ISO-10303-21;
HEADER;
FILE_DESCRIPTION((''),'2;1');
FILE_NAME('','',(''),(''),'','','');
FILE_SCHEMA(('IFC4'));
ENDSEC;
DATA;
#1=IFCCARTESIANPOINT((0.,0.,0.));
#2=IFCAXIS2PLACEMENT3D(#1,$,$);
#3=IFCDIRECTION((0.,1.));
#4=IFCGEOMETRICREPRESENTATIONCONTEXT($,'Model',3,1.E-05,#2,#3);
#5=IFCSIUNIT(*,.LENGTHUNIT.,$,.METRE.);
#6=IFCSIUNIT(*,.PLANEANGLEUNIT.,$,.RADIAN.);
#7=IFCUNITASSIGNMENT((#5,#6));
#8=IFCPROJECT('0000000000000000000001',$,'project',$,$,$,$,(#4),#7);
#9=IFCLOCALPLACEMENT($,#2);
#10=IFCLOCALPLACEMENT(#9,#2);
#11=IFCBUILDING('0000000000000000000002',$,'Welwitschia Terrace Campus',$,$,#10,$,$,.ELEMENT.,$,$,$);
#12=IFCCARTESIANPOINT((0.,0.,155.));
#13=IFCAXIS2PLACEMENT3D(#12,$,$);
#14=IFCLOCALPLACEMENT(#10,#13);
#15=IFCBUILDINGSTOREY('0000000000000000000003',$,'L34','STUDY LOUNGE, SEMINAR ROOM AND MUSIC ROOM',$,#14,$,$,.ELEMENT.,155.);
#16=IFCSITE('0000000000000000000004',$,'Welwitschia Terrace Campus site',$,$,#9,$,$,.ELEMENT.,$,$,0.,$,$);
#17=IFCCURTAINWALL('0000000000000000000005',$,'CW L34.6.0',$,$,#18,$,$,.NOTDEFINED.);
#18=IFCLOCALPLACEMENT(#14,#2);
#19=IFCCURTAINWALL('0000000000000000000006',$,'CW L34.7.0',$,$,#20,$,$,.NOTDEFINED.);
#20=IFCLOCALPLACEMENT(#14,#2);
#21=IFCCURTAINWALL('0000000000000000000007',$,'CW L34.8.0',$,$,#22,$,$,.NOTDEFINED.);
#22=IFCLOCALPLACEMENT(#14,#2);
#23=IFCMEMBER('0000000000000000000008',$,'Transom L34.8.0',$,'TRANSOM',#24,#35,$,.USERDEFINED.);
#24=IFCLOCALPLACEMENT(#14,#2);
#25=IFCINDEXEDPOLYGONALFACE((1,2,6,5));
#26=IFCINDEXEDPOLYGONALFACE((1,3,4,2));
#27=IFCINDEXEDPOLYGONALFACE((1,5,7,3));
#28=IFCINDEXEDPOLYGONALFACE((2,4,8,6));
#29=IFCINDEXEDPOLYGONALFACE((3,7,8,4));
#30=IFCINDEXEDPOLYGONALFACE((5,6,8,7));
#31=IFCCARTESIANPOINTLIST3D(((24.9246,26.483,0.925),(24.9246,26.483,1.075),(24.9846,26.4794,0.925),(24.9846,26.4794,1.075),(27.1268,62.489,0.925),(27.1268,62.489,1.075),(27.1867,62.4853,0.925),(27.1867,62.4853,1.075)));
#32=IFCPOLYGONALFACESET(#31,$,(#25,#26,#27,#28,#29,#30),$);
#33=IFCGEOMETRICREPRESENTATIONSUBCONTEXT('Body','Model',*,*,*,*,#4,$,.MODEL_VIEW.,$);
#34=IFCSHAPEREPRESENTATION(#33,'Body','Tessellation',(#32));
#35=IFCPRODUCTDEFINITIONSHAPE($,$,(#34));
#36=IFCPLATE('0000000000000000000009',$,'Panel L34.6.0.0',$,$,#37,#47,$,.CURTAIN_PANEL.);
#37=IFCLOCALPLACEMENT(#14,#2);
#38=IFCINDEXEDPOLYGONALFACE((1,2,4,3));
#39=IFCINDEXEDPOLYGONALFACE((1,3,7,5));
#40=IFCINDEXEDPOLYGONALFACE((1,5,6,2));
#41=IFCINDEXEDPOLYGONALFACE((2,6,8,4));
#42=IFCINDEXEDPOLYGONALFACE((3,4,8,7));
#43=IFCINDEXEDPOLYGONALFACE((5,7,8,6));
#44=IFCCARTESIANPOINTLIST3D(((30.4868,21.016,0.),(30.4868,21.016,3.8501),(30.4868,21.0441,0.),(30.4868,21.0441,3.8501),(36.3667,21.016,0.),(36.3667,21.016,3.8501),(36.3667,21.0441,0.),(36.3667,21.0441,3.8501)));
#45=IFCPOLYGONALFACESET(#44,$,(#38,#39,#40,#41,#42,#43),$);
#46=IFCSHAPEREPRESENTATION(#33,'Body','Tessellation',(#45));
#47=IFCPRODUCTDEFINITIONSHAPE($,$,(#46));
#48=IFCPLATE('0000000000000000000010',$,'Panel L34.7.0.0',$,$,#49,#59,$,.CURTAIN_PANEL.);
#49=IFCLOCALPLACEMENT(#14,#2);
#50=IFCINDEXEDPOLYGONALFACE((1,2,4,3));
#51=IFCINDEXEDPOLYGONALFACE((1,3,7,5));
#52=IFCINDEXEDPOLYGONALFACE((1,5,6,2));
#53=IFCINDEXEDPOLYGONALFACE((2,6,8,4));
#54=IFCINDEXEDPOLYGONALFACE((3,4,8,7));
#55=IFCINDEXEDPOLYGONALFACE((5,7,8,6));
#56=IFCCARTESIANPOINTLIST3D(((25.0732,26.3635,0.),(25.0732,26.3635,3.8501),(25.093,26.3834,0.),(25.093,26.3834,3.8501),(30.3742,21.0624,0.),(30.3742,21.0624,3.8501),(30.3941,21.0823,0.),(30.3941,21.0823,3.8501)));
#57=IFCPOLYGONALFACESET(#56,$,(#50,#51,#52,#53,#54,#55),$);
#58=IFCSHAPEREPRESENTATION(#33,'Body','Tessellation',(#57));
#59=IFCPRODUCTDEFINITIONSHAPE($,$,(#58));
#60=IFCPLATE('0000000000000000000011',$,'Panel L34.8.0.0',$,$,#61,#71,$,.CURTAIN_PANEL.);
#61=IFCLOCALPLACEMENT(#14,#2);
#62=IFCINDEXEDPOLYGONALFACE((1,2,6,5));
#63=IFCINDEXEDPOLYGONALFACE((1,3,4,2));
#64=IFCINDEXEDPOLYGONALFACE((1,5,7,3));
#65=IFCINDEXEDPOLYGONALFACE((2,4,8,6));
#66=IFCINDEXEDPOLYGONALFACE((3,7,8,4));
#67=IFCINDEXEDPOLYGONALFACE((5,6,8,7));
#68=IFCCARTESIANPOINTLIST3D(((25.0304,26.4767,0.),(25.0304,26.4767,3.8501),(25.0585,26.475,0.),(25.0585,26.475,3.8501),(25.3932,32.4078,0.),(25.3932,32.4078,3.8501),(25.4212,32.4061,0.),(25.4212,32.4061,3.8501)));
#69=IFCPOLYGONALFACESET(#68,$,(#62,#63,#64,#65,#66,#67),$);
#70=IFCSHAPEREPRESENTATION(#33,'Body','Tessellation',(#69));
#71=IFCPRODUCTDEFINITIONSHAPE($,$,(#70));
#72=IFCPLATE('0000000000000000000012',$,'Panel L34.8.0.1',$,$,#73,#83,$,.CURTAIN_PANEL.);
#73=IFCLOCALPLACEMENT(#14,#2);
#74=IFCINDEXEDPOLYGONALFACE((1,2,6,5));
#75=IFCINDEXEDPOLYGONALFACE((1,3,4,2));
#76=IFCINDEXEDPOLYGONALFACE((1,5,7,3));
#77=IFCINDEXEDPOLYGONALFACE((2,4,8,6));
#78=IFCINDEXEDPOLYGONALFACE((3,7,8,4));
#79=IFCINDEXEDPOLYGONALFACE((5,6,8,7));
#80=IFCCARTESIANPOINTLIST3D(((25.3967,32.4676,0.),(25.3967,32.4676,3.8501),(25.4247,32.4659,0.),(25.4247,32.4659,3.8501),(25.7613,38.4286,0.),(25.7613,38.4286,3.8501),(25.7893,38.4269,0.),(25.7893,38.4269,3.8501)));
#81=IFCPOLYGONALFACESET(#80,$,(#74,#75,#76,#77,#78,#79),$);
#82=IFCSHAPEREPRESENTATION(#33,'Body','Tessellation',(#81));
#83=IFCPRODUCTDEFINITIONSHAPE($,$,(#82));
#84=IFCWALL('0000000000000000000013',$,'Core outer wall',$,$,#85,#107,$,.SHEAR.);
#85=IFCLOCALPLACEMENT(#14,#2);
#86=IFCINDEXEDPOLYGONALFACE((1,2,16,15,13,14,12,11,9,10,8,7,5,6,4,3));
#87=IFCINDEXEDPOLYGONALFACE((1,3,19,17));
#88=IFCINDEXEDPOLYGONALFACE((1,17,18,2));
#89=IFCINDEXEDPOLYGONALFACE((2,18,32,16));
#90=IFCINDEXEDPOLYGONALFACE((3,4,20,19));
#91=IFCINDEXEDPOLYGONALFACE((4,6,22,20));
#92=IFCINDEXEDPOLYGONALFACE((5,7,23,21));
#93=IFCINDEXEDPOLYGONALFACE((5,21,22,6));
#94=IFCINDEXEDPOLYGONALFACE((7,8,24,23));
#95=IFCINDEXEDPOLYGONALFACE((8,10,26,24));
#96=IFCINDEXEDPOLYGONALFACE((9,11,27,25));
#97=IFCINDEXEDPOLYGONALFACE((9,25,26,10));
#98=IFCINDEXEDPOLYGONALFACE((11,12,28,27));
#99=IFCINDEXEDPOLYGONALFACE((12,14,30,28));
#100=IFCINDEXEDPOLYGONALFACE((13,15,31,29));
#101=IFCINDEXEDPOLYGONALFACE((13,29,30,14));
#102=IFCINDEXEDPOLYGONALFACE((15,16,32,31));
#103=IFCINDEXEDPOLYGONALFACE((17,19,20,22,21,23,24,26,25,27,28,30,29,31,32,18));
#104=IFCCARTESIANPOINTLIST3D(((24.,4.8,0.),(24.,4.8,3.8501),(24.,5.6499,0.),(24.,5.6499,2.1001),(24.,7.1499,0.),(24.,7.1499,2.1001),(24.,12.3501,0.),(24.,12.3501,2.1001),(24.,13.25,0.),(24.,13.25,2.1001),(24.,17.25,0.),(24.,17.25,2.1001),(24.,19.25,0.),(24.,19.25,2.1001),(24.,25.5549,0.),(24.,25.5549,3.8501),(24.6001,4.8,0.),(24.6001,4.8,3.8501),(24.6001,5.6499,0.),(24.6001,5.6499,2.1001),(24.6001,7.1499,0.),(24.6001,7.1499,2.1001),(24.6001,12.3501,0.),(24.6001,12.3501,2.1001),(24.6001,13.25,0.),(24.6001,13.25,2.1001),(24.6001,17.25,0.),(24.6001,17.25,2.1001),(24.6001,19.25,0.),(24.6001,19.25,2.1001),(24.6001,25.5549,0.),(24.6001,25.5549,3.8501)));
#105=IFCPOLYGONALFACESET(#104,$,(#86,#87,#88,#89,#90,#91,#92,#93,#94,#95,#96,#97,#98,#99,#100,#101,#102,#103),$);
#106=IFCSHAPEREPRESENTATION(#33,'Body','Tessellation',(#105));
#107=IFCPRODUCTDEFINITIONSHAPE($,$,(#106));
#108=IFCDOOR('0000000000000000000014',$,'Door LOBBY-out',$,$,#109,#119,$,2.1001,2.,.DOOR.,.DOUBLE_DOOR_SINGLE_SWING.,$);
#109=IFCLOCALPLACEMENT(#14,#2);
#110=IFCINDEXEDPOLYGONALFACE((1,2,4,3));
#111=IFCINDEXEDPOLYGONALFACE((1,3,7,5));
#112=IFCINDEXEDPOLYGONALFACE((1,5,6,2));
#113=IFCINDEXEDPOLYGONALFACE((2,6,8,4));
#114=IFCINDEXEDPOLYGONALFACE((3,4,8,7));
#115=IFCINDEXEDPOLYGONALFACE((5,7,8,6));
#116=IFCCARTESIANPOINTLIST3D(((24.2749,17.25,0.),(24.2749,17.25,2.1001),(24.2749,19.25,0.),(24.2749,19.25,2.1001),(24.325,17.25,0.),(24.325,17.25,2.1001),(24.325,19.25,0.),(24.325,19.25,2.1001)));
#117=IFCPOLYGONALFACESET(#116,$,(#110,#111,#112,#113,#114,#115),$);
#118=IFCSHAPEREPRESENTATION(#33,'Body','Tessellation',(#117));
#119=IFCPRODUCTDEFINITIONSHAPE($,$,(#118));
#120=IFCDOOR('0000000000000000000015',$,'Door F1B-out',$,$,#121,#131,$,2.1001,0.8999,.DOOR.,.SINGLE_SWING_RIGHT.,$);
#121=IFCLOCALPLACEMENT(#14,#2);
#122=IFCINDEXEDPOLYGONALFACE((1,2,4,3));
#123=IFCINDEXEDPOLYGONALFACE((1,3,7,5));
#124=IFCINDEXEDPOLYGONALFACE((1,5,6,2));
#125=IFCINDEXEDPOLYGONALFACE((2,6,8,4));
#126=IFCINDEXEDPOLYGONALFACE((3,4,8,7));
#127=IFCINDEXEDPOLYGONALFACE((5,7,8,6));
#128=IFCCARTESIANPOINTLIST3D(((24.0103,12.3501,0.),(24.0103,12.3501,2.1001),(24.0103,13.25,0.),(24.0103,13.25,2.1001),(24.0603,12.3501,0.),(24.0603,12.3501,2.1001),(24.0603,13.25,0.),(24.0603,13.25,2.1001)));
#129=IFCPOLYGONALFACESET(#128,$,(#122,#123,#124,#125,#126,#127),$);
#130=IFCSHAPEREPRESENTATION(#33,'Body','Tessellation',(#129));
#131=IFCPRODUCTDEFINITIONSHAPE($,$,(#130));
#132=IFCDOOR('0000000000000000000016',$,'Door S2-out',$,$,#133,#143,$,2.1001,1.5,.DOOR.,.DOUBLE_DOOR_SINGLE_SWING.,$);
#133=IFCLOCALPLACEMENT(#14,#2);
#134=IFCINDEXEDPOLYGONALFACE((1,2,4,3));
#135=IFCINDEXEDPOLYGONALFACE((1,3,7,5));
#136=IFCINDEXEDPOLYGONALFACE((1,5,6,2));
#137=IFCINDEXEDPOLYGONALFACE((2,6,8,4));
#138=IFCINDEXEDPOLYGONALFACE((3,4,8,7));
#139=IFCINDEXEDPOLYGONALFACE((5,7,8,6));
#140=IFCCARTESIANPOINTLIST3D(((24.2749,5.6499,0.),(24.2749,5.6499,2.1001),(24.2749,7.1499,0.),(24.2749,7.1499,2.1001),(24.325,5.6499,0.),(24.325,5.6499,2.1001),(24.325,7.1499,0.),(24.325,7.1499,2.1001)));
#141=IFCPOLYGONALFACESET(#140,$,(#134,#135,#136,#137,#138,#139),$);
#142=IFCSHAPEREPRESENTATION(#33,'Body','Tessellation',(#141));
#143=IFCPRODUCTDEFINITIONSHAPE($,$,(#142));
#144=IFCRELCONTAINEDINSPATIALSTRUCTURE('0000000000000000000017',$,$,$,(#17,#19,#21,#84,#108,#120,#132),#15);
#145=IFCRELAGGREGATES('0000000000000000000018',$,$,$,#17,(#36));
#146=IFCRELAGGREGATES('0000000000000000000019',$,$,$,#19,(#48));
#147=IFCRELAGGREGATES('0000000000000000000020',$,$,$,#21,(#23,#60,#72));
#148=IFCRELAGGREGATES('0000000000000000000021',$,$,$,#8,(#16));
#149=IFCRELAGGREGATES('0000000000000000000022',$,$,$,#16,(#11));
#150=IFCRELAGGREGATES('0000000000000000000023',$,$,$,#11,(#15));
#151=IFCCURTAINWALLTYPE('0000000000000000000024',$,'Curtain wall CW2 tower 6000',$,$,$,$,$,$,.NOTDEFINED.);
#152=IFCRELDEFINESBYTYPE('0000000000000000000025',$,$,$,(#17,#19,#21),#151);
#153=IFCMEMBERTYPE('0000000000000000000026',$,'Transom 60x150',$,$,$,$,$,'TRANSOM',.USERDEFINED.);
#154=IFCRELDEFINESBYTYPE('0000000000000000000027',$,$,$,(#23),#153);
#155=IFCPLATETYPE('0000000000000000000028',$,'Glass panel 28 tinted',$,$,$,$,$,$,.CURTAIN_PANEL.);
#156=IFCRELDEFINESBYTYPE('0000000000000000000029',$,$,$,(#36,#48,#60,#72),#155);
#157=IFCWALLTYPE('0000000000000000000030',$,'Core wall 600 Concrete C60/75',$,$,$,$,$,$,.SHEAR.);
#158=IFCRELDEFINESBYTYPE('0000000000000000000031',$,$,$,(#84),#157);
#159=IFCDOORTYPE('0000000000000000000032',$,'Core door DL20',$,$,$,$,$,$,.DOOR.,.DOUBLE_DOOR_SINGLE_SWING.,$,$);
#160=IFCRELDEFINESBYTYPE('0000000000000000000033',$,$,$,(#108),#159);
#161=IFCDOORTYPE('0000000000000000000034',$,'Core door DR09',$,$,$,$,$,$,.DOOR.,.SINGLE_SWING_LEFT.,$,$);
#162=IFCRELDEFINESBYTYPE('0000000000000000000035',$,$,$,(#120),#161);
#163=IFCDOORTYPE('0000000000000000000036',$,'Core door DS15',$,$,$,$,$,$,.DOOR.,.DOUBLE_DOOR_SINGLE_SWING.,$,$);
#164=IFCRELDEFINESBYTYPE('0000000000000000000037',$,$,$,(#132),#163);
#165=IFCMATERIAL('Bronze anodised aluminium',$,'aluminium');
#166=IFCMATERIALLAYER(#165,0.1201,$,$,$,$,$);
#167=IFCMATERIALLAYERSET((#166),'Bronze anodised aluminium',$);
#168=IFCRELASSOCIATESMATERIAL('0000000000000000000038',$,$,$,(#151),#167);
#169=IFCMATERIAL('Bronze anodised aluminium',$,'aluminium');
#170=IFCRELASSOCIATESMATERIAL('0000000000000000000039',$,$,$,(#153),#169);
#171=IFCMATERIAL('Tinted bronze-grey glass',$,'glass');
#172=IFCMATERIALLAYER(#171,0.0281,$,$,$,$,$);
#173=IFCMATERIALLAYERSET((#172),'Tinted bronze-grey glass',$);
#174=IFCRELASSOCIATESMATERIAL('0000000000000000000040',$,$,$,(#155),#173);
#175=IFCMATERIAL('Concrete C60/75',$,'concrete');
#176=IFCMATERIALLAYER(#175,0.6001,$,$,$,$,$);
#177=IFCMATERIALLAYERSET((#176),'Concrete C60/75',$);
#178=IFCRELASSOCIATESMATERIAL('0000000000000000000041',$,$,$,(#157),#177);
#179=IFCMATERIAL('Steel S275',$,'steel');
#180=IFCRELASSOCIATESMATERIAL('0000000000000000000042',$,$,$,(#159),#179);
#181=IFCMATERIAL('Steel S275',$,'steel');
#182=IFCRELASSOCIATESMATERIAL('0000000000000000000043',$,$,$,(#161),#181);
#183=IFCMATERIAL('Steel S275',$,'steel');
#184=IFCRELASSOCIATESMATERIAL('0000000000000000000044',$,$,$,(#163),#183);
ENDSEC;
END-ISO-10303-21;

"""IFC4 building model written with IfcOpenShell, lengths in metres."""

from ifc_helpers import new_model, si_unit, direction, frame, frame_2d, origin, origin_2d, place, context, subcontext, project, spatial, rectangle, extrude, material, layer, layer_set, material_profile, profile_set, type_object, element, fill, aggregate, save


model = new_model("IFC4")

# Units and contexts
model_context = context("Model", 3, precision=1e-05, world=origin(), true_north=direction((0.0, 1.0)))
body_context = subcontext(model_context, "Body", "Model", "MODEL_VIEW")
ifc_project = project(units=[si_unit("LENGTHUNIT", "METRE"), si_unit("PLANEANGLEUNIT", "RADIAN")], contexts=[model_context])

# Site, building, storey
site_placement = place(None, origin())
site = spatial("IfcSite", under=ifc_project, at=site_placement, Name="Welwitschia Terrace Campus site", CompositionType="ELEMENT", RefElevation=0.0)
building_placement = place(site_placement, origin())
building = spatial("IfcBuilding", under=site, at=building_placement, Name="Welwitschia Terrace Campus", CompositionType="ELEMENT")
storey_placement = place(building_placement, frame((0.0, 0.0, 155.0)))
storey = spatial("IfcBuildingStorey", under=building, at=storey_placement, Name="L34", Description="STUDY LOUNGE, SEMINAR ROOM AND MUSIC ROOM", CompositionType="ELEMENT", Elevation=155.0)

# Shared definitions
ifc_material_1 = material(Name="Bronze anodised aluminium", Category="aluminium")
ifc_layer_1 = layer(ifc_material_1, 0.1201)
ifc_layer_set_1 = layer_set([ifc_layer_1], Name="Bronze anodised aluminium")
curtain_wall_type = type_object("IfcCurtainWallType", Name="Curtain wall CW2 tower 6000", PredefinedType="NOTDEFINED", material=ifc_layer_set_1)

# Curtain walls
curtain_wall_1_placement = place(storey_placement, origin())
curtain_wall_1 = element("IfcCurtainWall", 1, at=curtain_wall_1_placement, inside=storey, type_object=curtain_wall_type, Name="CW L34.6.0", PredefinedType="NOTDEFINED")
curtain_wall_2_placement = place(storey_placement, origin())
curtain_wall_2 = element("IfcCurtainWall", 2, at=curtain_wall_2_placement, inside=storey, type_object=curtain_wall_type, Name="CW L34.7.0", PredefinedType="NOTDEFINED")
curtain_wall_3_placement = place(storey_placement, origin())
curtain_wall_3 = element("IfcCurtainWall", 3, at=curtain_wall_3_placement, inside=storey, type_object=curtain_wall_type, Name="CW L34.8.0", PredefinedType="NOTDEFINED")

# Member
ifc_material_2 = material(Name="Bronze anodised aluminium", Category="aluminium")
ifc_material_profile_1 = material_profile(ifc_material_2, rectangle(XDim=0.0601, YDim=0.1499, at=origin_2d()))
ifc_profile_set_1 = profile_set([ifc_material_profile_1], Name="Bronze anodised aluminium")
member_type_1 = type_object("IfcMemberType", Name="Transom 60x150", ElementType="TRANSOM", PredefinedType="USERDEFINED", material=ifc_profile_set_1)
member_1_placement = place(storey_placement, frame((24.9546, 26.4812, 1.0), z_axis=(0.061047, 0.998135, 0.0), x_axis=(-0.998135, 0.061047, 0.0)))
member_1 = element("IfcMember", 4, at=member_1_placement, type_object=member_type_1, Name="Transom L34.8.0", ObjectType="TRANSOM", PredefinedType="USERDEFINED", context=body_context, shape_type="SweptSolid", body=[
    extrude(rectangle(XDim=0.0601, YDim=0.1499, at=origin_2d()), origin(), (0.0, 0.0, 1.0), 36.0732),
])

# Plates
ifc_material_3 = material(Name="Tinted bronze-grey glass", Category="glass")
ifc_layer_2 = layer(ifc_material_3, 0.0281)
ifc_layer_set_2 = layer_set([ifc_layer_2], Name="Tinted bronze-grey glass")
plate_type = type_object("IfcPlateType", Name="Glass panel 28 tinted", PredefinedType="CURTAIN_PANEL", material=ifc_layer_set_2)
plate_1_placement = place(storey_placement, frame((33.4268, 21.03, 0.0), z_axis=(0.0, 0.0, 1.0), x_axis=(-1.0, 0.0, 0.0)))
plate_1 = element("IfcPlate", 5, at=plate_1_placement, type_object=plate_type, Name="Panel L34.6.0.0", PredefinedType="CURTAIN_PANEL", context=body_context, shape_type="SweptSolid", body=[
    extrude(rectangle(XDim=5.8799, YDim=0.0281, at=origin_2d()), origin(), (0.0, 0.0, 1.0), 3.8501),
])
aggregate(curtain_wall_1, [plate_1])
plate_2_placement = place(storey_placement, frame((27.7336, 23.7229, 0.0), z_axis=(0.0, 0.0, 1.0), x_axis=(-0.707107, 0.707107, 0.0)))
plate_2 = element("IfcPlate", 6, at=plate_2_placement, type_object=plate_type, Name="Panel L34.7.0.0", PredefinedType="CURTAIN_PANEL", context=body_context, shape_type="SweptSolid", body=[
    extrude(rectangle(XDim=7.4968, YDim=0.0281, at=origin_2d()), origin(), (0.0, 0.0, 1.0), 3.8501),
])
aggregate(curtain_wall_2, [plate_2])
plate_3_placement = place(storey_placement, frame((25.2258, 29.4414, 0.0), z_axis=(0.0, 0.0, 1.0), x_axis=(0.061049, 0.998135, 0.0)))
plate_3 = element("IfcPlate", 7, at=plate_3_placement, type_object=plate_type, Name="Panel L34.8.0.0", PredefinedType="CURTAIN_PANEL", context=body_context, shape_type="SweptSolid", body=[
    extrude(rectangle(XDim=5.9421, YDim=0.0281, at=origin_2d()), origin(), (0.0, 0.0, 1.0), 3.8501),
])
plate_4_placement = place(storey_placement, frame((25.593, 35.4473, 0.0), z_axis=(0.0, 0.0, 1.0), x_axis=(0.061049, 0.998135, 0.0)))
plate_4 = element("IfcPlate", 8, at=plate_4_placement, type_object=plate_type, Name="Panel L34.8.0.1", PredefinedType="CURTAIN_PANEL", context=body_context, shape_type="SweptSolid", body=[
    extrude(rectangle(XDim=5.9722, YDim=0.0281, at=origin_2d()), origin(), (0.0, 0.0, 1.0), 3.8501),
])
aggregate(curtain_wall_3, [member_1, plate_3, plate_4])

# Wall, openings, doors
ifc_material_4 = material(Name="Concrete C60/75", Category="concrete")
ifc_layer_3 = layer(ifc_material_4, 0.6001)
ifc_layer_set_3 = layer_set([ifc_layer_3], Name="Concrete C60/75")
wall_type = type_object("IfcWallType", Name="Core wall 600 Concrete C60/75", PredefinedType="SHEAR", material=ifc_layer_set_3)
wall_placement = place(storey_placement, frame((24.3, 25.5549, 0.0), z_axis=(0.0, 0.0, 1.0), x_axis=(0.0, -1.0, 0.0)))
wall = element("IfcWall", 9, at=wall_placement, inside=storey, type_object=wall_type, Name="Core outer wall", PredefinedType="SHEAR", context=body_context, shape_type="SweptSolid", body=[
    extrude(rectangle(XDim=20.7549, YDim=0.6001, at=frame_2d((10.3774, 0.0))), origin(), (0.0, 0.0, 1.0), 3.8501),
])
opening_1_placement = place(wall_placement, frame((18.405, 0.0, 0.0)))
opening_1 = element("IfcOpeningElement", 10, at=opening_1_placement, cuts=wall, PredefinedType="OPENING", context=body_context, shape_type="SweptSolid", body=[
    extrude(rectangle(XDim=1.5, YDim=2.1001, at=frame_2d((0.75, 1.05))), frame((0.0, 0.3101, 0.0), z_axis=(0.0, -1.0, 0.0), x_axis=(1.0, 0.0, 0.0)), (0.0, 0.0, 1.0), 0.6201),
])
opening_2_placement = place(wall_placement, frame((12.3049, 0.0, 0.0)))
opening_2 = element("IfcOpeningElement", 11, at=opening_2_placement, cuts=wall, PredefinedType="OPENING", context=body_context, shape_type="SweptSolid", body=[
    extrude(rectangle(XDim=0.8999, YDim=2.1001, at=frame_2d((0.45, 1.05))), frame((0.0, 0.3101, 0.0), z_axis=(0.0, -1.0, 0.0), x_axis=(1.0, 0.0, 0.0)), (0.0, 0.0, 1.0), 0.6201),
])
opening_3_placement = place(wall_placement, frame((6.3049, 0.0, 0.0)))
opening_3 = element("IfcOpeningElement", 12, at=opening_3_placement, cuts=wall, PredefinedType="OPENING", context=body_context, shape_type="SweptSolid", body=[
    extrude(rectangle(XDim=2.0, YDim=2.1001, at=frame_2d((1.0, 1.05))), frame((0.0, 0.3101, 0.0), z_axis=(0.0, -1.0, 0.0), x_axis=(1.0, 0.0, 0.0)), (0.0, 0.0, 1.0), 0.6201),
])
ifc_material_5 = material(Name="Steel S275", Category="steel")
door_type_1 = type_object("IfcDoorType", Name="Core door DL20", OperationType="DOUBLE_DOOR_SINGLE_SWING", PredefinedType="DOOR", material=ifc_material_5)
door_1_placement = place(opening_3_placement, origin())
door_1 = element("IfcDoor", 13, at=door_1_placement, inside=storey, type_object=door_type_1, Name="Door LOBBY-out", OperationType="DOUBLE_DOOR_SINGLE_SWING", OverallHeight=2.1001, OverallWidth=2.0, PredefinedType="DOOR", context=body_context, shape_type="SweptSolid", body=[
    extrude(rectangle(XDim=2.0, YDim=2.1001, at=frame_2d((1.0, 1.05))), frame((0.0, 0.0249, 0.0), z_axis=(0.0, -1.0, 0.0), x_axis=(1.0, 0.0, 0.0)), (0.0, 0.0, 1.0), 0.05),
])
fill(opening_3, door_1)
ifc_material_6 = material(Name="Steel S275", Category="steel")
door_type_2 = type_object("IfcDoorType", Name="Core door DR09", OperationType="SINGLE_SWING_LEFT", PredefinedType="DOOR", material=ifc_material_6)
door_2_placement = place(opening_2_placement, origin())
door_2 = element("IfcDoor", 14, at=door_2_placement, inside=storey, type_object=door_type_2, Name="Door F1B-out", OperationType="SINGLE_SWING_RIGHT", OverallHeight=2.1001, OverallWidth=0.8999, PredefinedType="DOOR", context=body_context, shape_type="SweptSolid", body=[
    extrude(rectangle(XDim=0.8999, YDim=2.1001, at=frame_2d((0.45, 1.05))), frame((0.0, -0.2397, 0.0), z_axis=(0.0, -1.0, 0.0), x_axis=(1.0, 0.0, 0.0)), (0.0, 0.0, 1.0), 0.05),
])
fill(opening_2, door_2)
ifc_material_7 = material(Name="Steel S275", Category="steel")
door_type_3 = type_object("IfcDoorType", Name="Core door DS15", OperationType="DOUBLE_DOOR_SINGLE_SWING", PredefinedType="DOOR", material=ifc_material_7)
door_3_placement = place(opening_1_placement, origin())
door_3 = element("IfcDoor", 15, at=door_3_placement, inside=storey, type_object=door_type_3, Name="Door S2-out", OperationType="DOUBLE_DOOR_SINGLE_SWING", OverallHeight=2.1001, OverallWidth=1.5, PredefinedType="DOOR", context=body_context, shape_type="SweptSolid", body=[
    extrude(rectangle(XDim=1.5, YDim=2.1001, at=frame_2d((0.75, 1.05))), frame((0.0, 0.0249, 0.0), z_axis=(0.0, -1.0, 0.0), x_axis=(1.0, 0.0, 0.0)), (0.0, 0.0, 1.0), 0.05),
])
fill(opening_1, door_3)

save(model, "model.ifc")
